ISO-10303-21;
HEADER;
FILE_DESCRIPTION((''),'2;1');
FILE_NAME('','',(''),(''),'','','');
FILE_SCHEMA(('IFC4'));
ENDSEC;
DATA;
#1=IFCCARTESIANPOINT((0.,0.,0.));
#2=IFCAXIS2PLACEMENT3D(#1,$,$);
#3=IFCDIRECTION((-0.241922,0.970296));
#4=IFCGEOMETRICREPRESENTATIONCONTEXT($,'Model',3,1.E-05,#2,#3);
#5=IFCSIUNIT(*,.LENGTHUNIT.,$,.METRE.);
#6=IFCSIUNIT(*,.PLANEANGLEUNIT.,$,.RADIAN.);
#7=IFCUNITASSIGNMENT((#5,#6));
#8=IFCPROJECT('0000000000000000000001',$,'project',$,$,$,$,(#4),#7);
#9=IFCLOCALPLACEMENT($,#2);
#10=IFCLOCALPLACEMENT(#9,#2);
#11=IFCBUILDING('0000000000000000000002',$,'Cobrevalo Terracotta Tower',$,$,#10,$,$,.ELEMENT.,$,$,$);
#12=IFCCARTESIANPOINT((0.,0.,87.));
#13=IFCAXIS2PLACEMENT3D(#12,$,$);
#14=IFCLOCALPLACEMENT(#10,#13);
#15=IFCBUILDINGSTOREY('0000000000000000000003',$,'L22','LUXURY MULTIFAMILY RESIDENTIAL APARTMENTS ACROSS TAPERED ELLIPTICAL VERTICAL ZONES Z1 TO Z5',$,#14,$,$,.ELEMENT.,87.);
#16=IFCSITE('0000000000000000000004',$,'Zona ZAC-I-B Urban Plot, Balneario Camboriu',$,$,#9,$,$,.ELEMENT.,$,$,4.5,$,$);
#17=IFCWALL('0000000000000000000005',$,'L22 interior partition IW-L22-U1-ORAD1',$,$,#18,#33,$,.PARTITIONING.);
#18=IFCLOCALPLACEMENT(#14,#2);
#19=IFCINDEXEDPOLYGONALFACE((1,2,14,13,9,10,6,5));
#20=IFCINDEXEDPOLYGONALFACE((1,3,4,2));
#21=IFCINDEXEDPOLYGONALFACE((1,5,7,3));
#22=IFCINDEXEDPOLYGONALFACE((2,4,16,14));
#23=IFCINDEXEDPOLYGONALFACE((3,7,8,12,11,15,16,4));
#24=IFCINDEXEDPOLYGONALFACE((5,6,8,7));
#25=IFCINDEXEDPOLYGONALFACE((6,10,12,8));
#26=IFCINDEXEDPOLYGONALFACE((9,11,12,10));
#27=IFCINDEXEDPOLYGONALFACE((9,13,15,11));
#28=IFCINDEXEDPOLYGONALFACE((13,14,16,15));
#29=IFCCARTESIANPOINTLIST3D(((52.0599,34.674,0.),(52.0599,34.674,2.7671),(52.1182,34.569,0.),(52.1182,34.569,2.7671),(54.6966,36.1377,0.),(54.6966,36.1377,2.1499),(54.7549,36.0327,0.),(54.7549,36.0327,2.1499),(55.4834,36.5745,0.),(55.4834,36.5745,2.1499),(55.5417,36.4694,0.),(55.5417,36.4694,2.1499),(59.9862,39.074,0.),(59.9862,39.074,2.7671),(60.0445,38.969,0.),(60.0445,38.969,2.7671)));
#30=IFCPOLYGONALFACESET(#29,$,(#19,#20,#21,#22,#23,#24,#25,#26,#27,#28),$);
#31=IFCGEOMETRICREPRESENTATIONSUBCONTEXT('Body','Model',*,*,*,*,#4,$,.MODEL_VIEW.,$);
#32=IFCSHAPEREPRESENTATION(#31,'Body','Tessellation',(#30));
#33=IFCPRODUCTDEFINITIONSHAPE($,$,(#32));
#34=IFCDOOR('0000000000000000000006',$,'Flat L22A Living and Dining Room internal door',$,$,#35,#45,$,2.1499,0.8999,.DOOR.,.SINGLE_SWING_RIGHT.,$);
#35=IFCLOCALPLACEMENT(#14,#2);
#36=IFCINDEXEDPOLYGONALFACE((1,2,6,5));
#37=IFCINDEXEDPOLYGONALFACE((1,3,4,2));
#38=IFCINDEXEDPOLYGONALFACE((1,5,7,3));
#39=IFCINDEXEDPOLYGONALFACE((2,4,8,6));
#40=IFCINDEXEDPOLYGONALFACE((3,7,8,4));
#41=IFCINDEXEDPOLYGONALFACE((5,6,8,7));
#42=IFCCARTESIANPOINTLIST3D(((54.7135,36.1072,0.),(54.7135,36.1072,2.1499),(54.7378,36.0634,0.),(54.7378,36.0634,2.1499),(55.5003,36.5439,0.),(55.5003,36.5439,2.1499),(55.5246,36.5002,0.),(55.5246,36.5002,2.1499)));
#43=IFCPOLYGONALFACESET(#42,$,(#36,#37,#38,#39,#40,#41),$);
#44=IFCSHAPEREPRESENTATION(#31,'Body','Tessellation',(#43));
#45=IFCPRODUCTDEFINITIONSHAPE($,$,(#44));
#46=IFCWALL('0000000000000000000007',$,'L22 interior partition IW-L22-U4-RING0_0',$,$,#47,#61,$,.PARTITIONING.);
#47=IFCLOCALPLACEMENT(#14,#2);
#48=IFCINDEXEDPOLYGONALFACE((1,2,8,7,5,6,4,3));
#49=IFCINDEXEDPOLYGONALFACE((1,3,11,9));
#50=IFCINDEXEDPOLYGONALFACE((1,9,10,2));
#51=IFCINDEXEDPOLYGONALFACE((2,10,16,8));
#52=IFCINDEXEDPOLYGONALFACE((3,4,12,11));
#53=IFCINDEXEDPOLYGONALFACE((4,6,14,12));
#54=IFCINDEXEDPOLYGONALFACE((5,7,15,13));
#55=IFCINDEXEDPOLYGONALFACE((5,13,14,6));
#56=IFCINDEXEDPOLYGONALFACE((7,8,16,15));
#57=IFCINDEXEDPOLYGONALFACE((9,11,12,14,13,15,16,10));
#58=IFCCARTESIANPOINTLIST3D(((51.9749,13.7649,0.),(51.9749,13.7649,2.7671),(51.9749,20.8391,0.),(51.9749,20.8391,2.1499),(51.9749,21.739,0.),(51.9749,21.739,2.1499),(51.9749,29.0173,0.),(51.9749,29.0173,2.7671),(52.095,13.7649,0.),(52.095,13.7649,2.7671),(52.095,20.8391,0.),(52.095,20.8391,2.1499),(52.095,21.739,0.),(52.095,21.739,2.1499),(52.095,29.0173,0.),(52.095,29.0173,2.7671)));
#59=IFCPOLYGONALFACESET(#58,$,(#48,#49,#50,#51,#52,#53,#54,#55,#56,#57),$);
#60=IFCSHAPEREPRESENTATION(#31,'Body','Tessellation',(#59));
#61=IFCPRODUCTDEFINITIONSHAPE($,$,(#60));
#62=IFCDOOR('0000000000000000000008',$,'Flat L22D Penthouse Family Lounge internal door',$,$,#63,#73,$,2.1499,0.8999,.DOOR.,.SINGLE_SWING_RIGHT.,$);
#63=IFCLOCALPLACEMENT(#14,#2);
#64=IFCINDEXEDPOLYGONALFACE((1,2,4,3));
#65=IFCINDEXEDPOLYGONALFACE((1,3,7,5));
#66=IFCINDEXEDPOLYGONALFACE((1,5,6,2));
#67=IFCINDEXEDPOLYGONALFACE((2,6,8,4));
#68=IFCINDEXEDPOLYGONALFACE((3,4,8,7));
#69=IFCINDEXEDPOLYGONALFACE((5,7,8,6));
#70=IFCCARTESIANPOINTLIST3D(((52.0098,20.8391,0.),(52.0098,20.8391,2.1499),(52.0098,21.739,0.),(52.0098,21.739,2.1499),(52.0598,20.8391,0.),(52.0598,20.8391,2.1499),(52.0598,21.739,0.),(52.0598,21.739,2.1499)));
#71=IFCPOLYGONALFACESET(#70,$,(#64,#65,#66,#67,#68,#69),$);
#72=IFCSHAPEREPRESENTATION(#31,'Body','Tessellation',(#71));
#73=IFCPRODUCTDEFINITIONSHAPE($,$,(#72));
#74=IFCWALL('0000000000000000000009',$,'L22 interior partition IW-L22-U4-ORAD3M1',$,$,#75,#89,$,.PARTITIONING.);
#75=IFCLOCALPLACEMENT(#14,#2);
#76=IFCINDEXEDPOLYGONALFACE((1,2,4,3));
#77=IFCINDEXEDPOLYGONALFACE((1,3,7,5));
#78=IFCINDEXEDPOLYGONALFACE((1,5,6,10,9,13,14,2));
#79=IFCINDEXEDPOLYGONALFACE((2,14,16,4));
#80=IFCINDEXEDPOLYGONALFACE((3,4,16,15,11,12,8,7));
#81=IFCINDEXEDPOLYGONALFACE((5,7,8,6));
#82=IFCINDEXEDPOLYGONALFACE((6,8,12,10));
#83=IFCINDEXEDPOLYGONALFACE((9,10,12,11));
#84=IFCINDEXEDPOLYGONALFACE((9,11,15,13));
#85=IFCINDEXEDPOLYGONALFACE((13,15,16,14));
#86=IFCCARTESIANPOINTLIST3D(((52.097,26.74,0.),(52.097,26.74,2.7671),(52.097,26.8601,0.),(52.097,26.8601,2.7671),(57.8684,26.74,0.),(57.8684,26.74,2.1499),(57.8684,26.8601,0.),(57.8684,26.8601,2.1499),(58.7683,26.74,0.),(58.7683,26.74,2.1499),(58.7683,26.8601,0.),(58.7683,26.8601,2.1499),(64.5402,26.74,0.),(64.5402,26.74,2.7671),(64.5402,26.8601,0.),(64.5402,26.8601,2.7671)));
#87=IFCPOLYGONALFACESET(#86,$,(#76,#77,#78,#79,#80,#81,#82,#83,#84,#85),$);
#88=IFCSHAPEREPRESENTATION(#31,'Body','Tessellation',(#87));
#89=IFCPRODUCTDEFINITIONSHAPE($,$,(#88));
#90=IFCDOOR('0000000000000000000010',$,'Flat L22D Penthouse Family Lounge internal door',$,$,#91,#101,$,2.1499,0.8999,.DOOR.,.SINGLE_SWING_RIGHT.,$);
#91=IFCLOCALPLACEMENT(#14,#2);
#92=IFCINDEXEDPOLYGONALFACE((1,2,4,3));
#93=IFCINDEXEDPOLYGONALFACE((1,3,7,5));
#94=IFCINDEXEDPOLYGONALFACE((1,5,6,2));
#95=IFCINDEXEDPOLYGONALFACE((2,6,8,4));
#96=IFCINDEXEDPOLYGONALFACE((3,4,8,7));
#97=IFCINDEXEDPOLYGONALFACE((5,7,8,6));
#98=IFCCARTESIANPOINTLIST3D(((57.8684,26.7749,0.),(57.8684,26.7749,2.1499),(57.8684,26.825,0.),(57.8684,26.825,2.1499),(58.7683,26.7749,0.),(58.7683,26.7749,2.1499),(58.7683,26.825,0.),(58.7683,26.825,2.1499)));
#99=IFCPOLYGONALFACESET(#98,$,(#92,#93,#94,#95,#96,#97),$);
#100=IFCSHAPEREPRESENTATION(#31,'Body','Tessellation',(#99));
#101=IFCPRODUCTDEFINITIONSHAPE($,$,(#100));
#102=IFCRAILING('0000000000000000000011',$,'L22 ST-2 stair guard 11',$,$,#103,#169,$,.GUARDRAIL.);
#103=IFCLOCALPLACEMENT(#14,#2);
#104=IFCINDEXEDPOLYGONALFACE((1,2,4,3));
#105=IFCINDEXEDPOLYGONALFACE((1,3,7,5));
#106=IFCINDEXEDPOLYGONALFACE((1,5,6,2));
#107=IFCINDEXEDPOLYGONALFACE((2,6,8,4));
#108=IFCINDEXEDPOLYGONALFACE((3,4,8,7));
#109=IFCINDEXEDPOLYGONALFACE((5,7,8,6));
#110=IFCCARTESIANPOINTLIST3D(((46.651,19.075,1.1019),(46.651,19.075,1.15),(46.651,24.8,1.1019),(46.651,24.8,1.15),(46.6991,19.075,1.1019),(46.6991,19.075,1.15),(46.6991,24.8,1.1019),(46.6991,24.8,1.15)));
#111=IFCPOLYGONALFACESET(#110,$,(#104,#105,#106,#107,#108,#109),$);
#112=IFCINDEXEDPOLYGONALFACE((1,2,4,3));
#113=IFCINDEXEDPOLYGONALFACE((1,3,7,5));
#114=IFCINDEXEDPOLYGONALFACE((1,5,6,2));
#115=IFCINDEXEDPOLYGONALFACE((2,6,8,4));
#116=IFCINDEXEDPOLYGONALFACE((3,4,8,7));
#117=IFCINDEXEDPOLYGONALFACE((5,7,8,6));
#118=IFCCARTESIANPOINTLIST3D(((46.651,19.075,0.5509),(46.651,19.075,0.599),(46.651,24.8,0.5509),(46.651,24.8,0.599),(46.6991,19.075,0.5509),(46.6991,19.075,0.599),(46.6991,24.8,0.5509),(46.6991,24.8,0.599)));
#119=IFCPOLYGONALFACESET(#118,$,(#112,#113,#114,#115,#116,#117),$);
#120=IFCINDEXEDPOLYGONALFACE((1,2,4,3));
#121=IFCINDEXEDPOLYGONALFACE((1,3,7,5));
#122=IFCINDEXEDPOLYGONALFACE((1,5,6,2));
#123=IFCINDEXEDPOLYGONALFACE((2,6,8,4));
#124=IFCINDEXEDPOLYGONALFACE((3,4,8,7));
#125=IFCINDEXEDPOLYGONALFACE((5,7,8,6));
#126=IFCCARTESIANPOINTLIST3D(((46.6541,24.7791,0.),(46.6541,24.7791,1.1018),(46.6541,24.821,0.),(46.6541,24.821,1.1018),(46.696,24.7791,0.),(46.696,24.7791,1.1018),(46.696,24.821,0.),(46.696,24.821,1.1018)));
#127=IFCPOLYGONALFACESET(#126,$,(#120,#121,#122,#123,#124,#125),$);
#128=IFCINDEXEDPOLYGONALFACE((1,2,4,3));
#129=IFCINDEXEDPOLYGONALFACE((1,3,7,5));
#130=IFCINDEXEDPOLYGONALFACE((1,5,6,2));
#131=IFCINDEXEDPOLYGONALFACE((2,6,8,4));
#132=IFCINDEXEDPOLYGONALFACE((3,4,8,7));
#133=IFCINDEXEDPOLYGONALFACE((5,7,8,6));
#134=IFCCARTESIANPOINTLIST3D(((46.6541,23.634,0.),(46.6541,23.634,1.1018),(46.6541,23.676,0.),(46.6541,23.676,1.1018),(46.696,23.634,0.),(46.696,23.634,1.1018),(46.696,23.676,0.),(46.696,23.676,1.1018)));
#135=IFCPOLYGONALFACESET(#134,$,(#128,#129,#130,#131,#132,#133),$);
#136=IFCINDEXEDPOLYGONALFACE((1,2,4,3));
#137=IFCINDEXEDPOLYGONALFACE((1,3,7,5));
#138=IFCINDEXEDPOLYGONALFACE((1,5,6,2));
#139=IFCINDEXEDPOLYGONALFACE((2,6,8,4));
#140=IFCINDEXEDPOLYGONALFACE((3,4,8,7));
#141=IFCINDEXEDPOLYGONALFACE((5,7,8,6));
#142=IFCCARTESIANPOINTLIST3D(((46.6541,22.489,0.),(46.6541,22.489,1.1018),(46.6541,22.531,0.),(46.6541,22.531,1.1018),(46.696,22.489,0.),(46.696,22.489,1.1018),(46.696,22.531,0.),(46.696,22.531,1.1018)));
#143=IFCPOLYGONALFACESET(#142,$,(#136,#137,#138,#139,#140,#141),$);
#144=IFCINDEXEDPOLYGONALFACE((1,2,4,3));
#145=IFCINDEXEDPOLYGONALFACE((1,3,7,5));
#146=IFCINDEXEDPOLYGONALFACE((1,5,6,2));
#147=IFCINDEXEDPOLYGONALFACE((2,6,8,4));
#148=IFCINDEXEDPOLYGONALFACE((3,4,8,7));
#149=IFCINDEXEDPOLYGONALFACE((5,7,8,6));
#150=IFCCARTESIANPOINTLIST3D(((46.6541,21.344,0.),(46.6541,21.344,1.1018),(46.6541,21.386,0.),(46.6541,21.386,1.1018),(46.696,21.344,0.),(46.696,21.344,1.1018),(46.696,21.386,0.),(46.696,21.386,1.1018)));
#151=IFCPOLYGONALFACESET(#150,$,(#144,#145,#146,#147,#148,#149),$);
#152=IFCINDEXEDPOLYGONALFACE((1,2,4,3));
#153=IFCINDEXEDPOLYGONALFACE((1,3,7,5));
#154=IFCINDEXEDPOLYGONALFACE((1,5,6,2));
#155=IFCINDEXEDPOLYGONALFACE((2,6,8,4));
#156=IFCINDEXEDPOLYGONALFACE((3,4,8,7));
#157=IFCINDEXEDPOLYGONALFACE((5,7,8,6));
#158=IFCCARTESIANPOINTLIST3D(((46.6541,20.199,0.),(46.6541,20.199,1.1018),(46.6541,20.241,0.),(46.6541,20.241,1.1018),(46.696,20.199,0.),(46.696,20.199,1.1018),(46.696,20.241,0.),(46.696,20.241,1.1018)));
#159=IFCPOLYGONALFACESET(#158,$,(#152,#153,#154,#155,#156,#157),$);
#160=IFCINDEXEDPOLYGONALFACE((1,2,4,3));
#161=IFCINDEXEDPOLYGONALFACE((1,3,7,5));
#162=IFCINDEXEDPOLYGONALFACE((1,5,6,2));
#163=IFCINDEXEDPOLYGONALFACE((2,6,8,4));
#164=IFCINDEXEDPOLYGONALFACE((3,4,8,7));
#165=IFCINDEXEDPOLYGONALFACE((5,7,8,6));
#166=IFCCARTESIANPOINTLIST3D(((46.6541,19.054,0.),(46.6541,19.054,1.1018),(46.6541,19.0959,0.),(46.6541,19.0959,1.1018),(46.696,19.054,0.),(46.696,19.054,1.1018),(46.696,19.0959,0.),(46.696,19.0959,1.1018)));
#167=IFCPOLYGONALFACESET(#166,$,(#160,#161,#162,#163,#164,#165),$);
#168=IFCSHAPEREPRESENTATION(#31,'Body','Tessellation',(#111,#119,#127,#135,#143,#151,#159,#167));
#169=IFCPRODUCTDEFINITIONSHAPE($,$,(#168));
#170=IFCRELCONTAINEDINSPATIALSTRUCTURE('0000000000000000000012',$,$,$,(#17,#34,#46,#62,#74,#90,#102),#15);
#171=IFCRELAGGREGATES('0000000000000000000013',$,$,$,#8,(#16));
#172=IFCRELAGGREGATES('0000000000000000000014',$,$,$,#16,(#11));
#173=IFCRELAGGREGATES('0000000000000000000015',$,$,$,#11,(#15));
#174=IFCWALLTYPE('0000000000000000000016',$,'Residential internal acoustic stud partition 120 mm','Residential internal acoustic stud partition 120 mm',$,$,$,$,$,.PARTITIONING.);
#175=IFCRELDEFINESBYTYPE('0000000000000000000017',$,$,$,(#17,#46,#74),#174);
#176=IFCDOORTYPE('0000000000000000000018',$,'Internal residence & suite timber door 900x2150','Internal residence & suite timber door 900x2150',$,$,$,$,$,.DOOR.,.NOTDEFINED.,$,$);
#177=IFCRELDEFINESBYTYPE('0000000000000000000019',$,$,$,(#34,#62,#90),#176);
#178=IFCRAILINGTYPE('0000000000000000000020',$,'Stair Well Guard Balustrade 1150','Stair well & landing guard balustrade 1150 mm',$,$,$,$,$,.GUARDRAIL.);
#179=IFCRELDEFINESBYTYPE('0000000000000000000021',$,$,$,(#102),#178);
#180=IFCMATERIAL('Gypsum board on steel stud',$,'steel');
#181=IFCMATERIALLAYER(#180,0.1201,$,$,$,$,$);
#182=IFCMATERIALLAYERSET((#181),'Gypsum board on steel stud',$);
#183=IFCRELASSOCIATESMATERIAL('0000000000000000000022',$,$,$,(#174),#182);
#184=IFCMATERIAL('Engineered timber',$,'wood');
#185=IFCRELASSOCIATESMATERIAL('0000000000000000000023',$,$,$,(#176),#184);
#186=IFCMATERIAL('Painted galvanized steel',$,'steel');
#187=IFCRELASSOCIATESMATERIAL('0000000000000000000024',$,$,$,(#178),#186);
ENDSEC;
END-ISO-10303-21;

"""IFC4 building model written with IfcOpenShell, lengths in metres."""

from ifc_helpers import new_model, si_unit, direction, frame, frame_2d, origin, origin_2d, place, context, subcontext, project, spatial, rectangle, extrude, source, transform, mapped, material, layer, layer_set, type_object, element, fill, save


model = new_model("IFC4")

# Units and contexts
model_context = context("Model", 3, precision=1e-05, world=origin(), true_north=direction((-0.241922, 0.970296)))
body_context = subcontext(model_context, "Body", "Model", "MODEL_VIEW")
ifc_project = project(units=[si_unit("LENGTHUNIT", "METRE"), si_unit("PLANEANGLEUNIT", "RADIAN")], contexts=[model_context])

# Site, building, storey
site_placement = place(None, origin())
site = spatial("IfcSite", under=ifc_project, at=site_placement, Name="Zona ZAC-I-B Urban Plot, Balneario Camboriu", CompositionType="ELEMENT", RefElevation=4.5)
building_placement = place(site_placement, origin())
building = spatial("IfcBuilding", under=site, at=building_placement, Name="Cobrevalo Terracotta Tower", CompositionType="ELEMENT")
storey_placement = place(building_placement, frame((0.0, 0.0, 87.0)))
storey = spatial("IfcBuildingStorey", under=building, at=storey_placement, Name="L22", Description="LUXURY MULTIFAMILY RESIDENTIAL APARTMENTS ACROSS TAPERED ELLIPTICAL VERTICAL ZONES Z1 TO Z5", CompositionType="ELEMENT", Elevation=87.0)

# Walls, openings, doors
ifc_material_1 = material(Name="Gypsum board on steel stud", Category="steel")
ifc_layer_1 = layer(ifc_material_1, 0.1201)
ifc_layer_set_1 = layer_set([ifc_layer_1], Name="Gypsum board on steel stud")
wall_type_1 = type_object("IfcWallType", Name="Residential internal acoustic stud partition 120 mm", Description="Residential internal acoustic stud partition 120 mm", PredefinedType="PARTITIONING", material=ifc_layer_set_1)
wall_1_placement = place(storey_placement, frame((52.0891, 34.6216, 0.0), z_axis=(0.0, 0.0, 1.0), x_axis=(0.874325, 0.485341, 0.0)))
wall_1 = element("IfcWall", 1, at=wall_1_placement, inside=storey, type_object=wall_type_1, Name="L22 interior partition IW-L22-U1-ORAD1", PredefinedType="PARTITIONING", context=body_context, shape_type="SweptSolid", body=[
    extrude(rectangle(XDim=9.0657, YDim=0.1201, at=frame_2d((4.5327, 0.0))), origin(), (0.0, 0.0, 1.0), 2.7671),
])
opening_1_placement = place(wall_1_placement, frame((3.0156, 0.0, 0.0)))
opening_1 = element("IfcOpeningElement", 2, at=opening_1_placement, cuts=wall_1, PredefinedType="OPENING", context=body_context, shape_type="SweptSolid", body=[
    extrude(rectangle(XDim=0.8999, YDim=2.1499, at=frame_2d((0.45, 1.075))), frame((0.0, 0.0701, 0.0), z_axis=(0.0, -1.0, 0.0), x_axis=(1.0, 0.0, 0.0)), (0.0, 0.0, 1.0), 0.1401),
])
ifc_material_2 = material(Name="Engineered timber", Category="wood")
door_type_1 = type_object("IfcDoorType", Name="Internal residence & suite timber door 900x2150", Description="Internal residence & suite timber door 900x2150", OperationType="NOTDEFINED", PredefinedType="DOOR", material=ifc_material_2)
shared_shape_1 = source(origin(), body_context, "Body", "SweptSolid", [
    extrude(rectangle(XDim=0.8999, YDim=2.1499, at=frame_2d((0.45, 1.075))), frame((0.0, 0.0249, 0.0), z_axis=(0.0, -1.0, 0.0), x_axis=(1.0, 0.0, 0.0)), (0.0, 0.0, 1.0), 0.05),
])
door_1_placement = place(opening_1_placement, frame((0.8999, 0.0, 0.0), z_axis=(0.0, 0.0, 1.0), x_axis=(-1.0, 0.0, 0.0)))
door_1 = element("IfcDoor", 3, at=door_1_placement, inside=storey, type_object=door_type_1, Name="Flat L22A Living and Dining Room internal door", OperationType="SINGLE_SWING_RIGHT", OverallHeight=2.1499, OverallWidth=0.8999, PredefinedType="DOOR", context=body_context, shape_type="MappedRepresentation", body=[
    mapped(shared_shape_1, transform((0.0, 0.0, 0.0), scale=1.0)),
])
fill(opening_1, door_1)
wall_2_placement = place(storey_placement, frame((52.0349, 29.0173, 0.0), z_axis=(0.0, 0.0, 1.0), x_axis=(0.0, -1.0, 0.0)))
wall_2 = element("IfcWall", 4, at=wall_2_placement, inside=storey, type_object=wall_type_1, Name="L22 interior partition IW-L22-U4-RING0_0", PredefinedType="PARTITIONING", context=body_context, shape_type="SweptSolid", body=[
    extrude(rectangle(XDim=15.2524, YDim=0.1201, at=frame_2d((7.6262, 0.0))), origin(), (0.0, 0.0, 1.0), 2.7671),
])
opening_2_placement = place(wall_2_placement, frame((7.2783, 0.0, 0.0)))
opening_2 = element("IfcOpeningElement", 5, at=opening_2_placement, cuts=wall_2, PredefinedType="OPENING", context=body_context, shape_type="SweptSolid", body=[
    extrude(rectangle(XDim=0.8999, YDim=2.1499, at=frame_2d((0.45, 1.075))), frame((0.0, 0.0701, 0.0), z_axis=(0.0, -1.0, 0.0), x_axis=(1.0, 0.0, 0.0)), (0.0, 0.0, 1.0), 0.1401),
])
door_2_placement = place(opening_2_placement, origin())
door_2 = element("IfcDoor", 6, at=door_2_placement, inside=storey, type_object=door_type_1, Name="Flat L22D Penthouse Family Lounge internal door", OperationType="SINGLE_SWING_RIGHT", OverallHeight=2.1499, OverallWidth=0.8999, PredefinedType="DOOR", context=body_context, shape_type="MappedRepresentation", body=[
    mapped(shared_shape_1, transform((0.0, 0.0, 0.0), scale=1.0)),
])
fill(opening_2, door_2)
wall_3_placement = place(storey_placement, frame((52.0969, 26.8, 0.0), z_axis=(0.0, 0.0, 1.0), x_axis=(1.0, 0.0, 0.0)))
wall_3 = element("IfcWall", 7, at=wall_3_placement, inside=storey, type_object=wall_type_1, Name="L22 interior partition IW-L22-U4-ORAD3M1", PredefinedType="PARTITIONING", context=body_context, shape_type="SweptSolid", body=[
    extrude(rectangle(XDim=12.4431, YDim=0.1201, at=frame_2d((6.2217, 0.0))), origin(), (0.0, 0.0, 1.0), 2.7671),
])
opening_3_placement = place(wall_3_placement, frame((5.7715, 0.0, 0.0)))
opening_3 = element("IfcOpeningElement", 8, at=opening_3_placement, cuts=wall_3, PredefinedType="OPENING", context=body_context, shape_type="SweptSolid", body=[
    extrude(rectangle(XDim=0.8999, YDim=2.1499, at=frame_2d((0.45, 1.075))), frame((0.0, 0.0701, 0.0), z_axis=(0.0, -1.0, 0.0), x_axis=(1.0, 0.0, 0.0)), (0.0, 0.0, 1.0), 0.1401),
])
door_3_placement = place(opening_3_placement, origin())
door_3 = element("IfcDoor", 9, at=door_3_placement, inside=storey, type_object=door_type_1, Name="Flat L22D Penthouse Family Lounge internal door", OperationType="SINGLE_SWING_RIGHT", OverallHeight=2.1499, OverallWidth=0.8999, PredefinedType="DOOR", context=body_context, shape_type="MappedRepresentation", body=[
    mapped(shared_shape_1, transform((0.0, 0.0, 0.0), scale=1.0)),
])
fill(opening_3, door_3)

# Railing
ifc_material_3 = material(Name="Painted galvanized steel", Category="steel")
railing_type_1 = type_object("IfcRailingType", Name="Stair Well Guard Balustrade 1150", Description="Stair well & landing guard balustrade 1150 mm", PredefinedType="GUARDRAIL", material=ifc_material_3)
railing_1_placement = place(storey_placement, frame((46.675, 24.8, 0.0)))
element("IfcRailing", 10, at=railing_1_placement, inside=storey, type_object=railing_type_1, Name="L22 ST-2 stair guard 11", PredefinedType="GUARDRAIL", context=body_context, shape_type="SweptSolid", body=[
    extrude(rectangle(XDim=0.0481, YDim=0.0481, at=origin_2d()), frame((0.0, 0.0, 1.126), z_axis=(0.0, -1.0, 0.0), x_axis=(1.0, 0.0, 0.0)), (0.0, 0.0, 1.0), 5.7251),
    extrude(rectangle(XDim=0.0481, YDim=0.0481, at=origin_2d()), frame((0.0, 0.0, 0.575), z_axis=(0.0, -1.0, 0.0), x_axis=(1.0, 0.0, 0.0)), (0.0, 0.0, 1.0), 5.7251),
    extrude(rectangle(XDim=0.042, YDim=0.042, at=origin_2d()), origin(), (0.0, 0.0, 1.0), 1.1018),
    extrude(rectangle(XDim=0.042, YDim=0.042, at=origin_2d()), frame((0.0, -1.145, 0.0)), (0.0, 0.0, 1.0), 1.1018),
    extrude(rectangle(XDim=0.042, YDim=0.042, at=origin_2d()), frame((0.0, -2.29, 0.0)), (0.0, 0.0, 1.0), 1.1018),
    extrude(rectangle(XDim=0.042, YDim=0.042, at=origin_2d()), frame((0.0, -3.4351, 0.0)), (0.0, 0.0, 1.0), 1.1018),
    extrude(rectangle(XDim=0.042, YDim=0.042, at=origin_2d()), frame((0.0, -4.5801, 0.0)), (0.0, 0.0, 1.0), 1.1018),
    extrude(rectangle(XDim=0.042, YDim=0.042, at=origin_2d()), frame((0.0, -5.7251, 0.0)), (0.0, 0.0, 1.0), 1.1018),
])

save(model, "model.ifc")
